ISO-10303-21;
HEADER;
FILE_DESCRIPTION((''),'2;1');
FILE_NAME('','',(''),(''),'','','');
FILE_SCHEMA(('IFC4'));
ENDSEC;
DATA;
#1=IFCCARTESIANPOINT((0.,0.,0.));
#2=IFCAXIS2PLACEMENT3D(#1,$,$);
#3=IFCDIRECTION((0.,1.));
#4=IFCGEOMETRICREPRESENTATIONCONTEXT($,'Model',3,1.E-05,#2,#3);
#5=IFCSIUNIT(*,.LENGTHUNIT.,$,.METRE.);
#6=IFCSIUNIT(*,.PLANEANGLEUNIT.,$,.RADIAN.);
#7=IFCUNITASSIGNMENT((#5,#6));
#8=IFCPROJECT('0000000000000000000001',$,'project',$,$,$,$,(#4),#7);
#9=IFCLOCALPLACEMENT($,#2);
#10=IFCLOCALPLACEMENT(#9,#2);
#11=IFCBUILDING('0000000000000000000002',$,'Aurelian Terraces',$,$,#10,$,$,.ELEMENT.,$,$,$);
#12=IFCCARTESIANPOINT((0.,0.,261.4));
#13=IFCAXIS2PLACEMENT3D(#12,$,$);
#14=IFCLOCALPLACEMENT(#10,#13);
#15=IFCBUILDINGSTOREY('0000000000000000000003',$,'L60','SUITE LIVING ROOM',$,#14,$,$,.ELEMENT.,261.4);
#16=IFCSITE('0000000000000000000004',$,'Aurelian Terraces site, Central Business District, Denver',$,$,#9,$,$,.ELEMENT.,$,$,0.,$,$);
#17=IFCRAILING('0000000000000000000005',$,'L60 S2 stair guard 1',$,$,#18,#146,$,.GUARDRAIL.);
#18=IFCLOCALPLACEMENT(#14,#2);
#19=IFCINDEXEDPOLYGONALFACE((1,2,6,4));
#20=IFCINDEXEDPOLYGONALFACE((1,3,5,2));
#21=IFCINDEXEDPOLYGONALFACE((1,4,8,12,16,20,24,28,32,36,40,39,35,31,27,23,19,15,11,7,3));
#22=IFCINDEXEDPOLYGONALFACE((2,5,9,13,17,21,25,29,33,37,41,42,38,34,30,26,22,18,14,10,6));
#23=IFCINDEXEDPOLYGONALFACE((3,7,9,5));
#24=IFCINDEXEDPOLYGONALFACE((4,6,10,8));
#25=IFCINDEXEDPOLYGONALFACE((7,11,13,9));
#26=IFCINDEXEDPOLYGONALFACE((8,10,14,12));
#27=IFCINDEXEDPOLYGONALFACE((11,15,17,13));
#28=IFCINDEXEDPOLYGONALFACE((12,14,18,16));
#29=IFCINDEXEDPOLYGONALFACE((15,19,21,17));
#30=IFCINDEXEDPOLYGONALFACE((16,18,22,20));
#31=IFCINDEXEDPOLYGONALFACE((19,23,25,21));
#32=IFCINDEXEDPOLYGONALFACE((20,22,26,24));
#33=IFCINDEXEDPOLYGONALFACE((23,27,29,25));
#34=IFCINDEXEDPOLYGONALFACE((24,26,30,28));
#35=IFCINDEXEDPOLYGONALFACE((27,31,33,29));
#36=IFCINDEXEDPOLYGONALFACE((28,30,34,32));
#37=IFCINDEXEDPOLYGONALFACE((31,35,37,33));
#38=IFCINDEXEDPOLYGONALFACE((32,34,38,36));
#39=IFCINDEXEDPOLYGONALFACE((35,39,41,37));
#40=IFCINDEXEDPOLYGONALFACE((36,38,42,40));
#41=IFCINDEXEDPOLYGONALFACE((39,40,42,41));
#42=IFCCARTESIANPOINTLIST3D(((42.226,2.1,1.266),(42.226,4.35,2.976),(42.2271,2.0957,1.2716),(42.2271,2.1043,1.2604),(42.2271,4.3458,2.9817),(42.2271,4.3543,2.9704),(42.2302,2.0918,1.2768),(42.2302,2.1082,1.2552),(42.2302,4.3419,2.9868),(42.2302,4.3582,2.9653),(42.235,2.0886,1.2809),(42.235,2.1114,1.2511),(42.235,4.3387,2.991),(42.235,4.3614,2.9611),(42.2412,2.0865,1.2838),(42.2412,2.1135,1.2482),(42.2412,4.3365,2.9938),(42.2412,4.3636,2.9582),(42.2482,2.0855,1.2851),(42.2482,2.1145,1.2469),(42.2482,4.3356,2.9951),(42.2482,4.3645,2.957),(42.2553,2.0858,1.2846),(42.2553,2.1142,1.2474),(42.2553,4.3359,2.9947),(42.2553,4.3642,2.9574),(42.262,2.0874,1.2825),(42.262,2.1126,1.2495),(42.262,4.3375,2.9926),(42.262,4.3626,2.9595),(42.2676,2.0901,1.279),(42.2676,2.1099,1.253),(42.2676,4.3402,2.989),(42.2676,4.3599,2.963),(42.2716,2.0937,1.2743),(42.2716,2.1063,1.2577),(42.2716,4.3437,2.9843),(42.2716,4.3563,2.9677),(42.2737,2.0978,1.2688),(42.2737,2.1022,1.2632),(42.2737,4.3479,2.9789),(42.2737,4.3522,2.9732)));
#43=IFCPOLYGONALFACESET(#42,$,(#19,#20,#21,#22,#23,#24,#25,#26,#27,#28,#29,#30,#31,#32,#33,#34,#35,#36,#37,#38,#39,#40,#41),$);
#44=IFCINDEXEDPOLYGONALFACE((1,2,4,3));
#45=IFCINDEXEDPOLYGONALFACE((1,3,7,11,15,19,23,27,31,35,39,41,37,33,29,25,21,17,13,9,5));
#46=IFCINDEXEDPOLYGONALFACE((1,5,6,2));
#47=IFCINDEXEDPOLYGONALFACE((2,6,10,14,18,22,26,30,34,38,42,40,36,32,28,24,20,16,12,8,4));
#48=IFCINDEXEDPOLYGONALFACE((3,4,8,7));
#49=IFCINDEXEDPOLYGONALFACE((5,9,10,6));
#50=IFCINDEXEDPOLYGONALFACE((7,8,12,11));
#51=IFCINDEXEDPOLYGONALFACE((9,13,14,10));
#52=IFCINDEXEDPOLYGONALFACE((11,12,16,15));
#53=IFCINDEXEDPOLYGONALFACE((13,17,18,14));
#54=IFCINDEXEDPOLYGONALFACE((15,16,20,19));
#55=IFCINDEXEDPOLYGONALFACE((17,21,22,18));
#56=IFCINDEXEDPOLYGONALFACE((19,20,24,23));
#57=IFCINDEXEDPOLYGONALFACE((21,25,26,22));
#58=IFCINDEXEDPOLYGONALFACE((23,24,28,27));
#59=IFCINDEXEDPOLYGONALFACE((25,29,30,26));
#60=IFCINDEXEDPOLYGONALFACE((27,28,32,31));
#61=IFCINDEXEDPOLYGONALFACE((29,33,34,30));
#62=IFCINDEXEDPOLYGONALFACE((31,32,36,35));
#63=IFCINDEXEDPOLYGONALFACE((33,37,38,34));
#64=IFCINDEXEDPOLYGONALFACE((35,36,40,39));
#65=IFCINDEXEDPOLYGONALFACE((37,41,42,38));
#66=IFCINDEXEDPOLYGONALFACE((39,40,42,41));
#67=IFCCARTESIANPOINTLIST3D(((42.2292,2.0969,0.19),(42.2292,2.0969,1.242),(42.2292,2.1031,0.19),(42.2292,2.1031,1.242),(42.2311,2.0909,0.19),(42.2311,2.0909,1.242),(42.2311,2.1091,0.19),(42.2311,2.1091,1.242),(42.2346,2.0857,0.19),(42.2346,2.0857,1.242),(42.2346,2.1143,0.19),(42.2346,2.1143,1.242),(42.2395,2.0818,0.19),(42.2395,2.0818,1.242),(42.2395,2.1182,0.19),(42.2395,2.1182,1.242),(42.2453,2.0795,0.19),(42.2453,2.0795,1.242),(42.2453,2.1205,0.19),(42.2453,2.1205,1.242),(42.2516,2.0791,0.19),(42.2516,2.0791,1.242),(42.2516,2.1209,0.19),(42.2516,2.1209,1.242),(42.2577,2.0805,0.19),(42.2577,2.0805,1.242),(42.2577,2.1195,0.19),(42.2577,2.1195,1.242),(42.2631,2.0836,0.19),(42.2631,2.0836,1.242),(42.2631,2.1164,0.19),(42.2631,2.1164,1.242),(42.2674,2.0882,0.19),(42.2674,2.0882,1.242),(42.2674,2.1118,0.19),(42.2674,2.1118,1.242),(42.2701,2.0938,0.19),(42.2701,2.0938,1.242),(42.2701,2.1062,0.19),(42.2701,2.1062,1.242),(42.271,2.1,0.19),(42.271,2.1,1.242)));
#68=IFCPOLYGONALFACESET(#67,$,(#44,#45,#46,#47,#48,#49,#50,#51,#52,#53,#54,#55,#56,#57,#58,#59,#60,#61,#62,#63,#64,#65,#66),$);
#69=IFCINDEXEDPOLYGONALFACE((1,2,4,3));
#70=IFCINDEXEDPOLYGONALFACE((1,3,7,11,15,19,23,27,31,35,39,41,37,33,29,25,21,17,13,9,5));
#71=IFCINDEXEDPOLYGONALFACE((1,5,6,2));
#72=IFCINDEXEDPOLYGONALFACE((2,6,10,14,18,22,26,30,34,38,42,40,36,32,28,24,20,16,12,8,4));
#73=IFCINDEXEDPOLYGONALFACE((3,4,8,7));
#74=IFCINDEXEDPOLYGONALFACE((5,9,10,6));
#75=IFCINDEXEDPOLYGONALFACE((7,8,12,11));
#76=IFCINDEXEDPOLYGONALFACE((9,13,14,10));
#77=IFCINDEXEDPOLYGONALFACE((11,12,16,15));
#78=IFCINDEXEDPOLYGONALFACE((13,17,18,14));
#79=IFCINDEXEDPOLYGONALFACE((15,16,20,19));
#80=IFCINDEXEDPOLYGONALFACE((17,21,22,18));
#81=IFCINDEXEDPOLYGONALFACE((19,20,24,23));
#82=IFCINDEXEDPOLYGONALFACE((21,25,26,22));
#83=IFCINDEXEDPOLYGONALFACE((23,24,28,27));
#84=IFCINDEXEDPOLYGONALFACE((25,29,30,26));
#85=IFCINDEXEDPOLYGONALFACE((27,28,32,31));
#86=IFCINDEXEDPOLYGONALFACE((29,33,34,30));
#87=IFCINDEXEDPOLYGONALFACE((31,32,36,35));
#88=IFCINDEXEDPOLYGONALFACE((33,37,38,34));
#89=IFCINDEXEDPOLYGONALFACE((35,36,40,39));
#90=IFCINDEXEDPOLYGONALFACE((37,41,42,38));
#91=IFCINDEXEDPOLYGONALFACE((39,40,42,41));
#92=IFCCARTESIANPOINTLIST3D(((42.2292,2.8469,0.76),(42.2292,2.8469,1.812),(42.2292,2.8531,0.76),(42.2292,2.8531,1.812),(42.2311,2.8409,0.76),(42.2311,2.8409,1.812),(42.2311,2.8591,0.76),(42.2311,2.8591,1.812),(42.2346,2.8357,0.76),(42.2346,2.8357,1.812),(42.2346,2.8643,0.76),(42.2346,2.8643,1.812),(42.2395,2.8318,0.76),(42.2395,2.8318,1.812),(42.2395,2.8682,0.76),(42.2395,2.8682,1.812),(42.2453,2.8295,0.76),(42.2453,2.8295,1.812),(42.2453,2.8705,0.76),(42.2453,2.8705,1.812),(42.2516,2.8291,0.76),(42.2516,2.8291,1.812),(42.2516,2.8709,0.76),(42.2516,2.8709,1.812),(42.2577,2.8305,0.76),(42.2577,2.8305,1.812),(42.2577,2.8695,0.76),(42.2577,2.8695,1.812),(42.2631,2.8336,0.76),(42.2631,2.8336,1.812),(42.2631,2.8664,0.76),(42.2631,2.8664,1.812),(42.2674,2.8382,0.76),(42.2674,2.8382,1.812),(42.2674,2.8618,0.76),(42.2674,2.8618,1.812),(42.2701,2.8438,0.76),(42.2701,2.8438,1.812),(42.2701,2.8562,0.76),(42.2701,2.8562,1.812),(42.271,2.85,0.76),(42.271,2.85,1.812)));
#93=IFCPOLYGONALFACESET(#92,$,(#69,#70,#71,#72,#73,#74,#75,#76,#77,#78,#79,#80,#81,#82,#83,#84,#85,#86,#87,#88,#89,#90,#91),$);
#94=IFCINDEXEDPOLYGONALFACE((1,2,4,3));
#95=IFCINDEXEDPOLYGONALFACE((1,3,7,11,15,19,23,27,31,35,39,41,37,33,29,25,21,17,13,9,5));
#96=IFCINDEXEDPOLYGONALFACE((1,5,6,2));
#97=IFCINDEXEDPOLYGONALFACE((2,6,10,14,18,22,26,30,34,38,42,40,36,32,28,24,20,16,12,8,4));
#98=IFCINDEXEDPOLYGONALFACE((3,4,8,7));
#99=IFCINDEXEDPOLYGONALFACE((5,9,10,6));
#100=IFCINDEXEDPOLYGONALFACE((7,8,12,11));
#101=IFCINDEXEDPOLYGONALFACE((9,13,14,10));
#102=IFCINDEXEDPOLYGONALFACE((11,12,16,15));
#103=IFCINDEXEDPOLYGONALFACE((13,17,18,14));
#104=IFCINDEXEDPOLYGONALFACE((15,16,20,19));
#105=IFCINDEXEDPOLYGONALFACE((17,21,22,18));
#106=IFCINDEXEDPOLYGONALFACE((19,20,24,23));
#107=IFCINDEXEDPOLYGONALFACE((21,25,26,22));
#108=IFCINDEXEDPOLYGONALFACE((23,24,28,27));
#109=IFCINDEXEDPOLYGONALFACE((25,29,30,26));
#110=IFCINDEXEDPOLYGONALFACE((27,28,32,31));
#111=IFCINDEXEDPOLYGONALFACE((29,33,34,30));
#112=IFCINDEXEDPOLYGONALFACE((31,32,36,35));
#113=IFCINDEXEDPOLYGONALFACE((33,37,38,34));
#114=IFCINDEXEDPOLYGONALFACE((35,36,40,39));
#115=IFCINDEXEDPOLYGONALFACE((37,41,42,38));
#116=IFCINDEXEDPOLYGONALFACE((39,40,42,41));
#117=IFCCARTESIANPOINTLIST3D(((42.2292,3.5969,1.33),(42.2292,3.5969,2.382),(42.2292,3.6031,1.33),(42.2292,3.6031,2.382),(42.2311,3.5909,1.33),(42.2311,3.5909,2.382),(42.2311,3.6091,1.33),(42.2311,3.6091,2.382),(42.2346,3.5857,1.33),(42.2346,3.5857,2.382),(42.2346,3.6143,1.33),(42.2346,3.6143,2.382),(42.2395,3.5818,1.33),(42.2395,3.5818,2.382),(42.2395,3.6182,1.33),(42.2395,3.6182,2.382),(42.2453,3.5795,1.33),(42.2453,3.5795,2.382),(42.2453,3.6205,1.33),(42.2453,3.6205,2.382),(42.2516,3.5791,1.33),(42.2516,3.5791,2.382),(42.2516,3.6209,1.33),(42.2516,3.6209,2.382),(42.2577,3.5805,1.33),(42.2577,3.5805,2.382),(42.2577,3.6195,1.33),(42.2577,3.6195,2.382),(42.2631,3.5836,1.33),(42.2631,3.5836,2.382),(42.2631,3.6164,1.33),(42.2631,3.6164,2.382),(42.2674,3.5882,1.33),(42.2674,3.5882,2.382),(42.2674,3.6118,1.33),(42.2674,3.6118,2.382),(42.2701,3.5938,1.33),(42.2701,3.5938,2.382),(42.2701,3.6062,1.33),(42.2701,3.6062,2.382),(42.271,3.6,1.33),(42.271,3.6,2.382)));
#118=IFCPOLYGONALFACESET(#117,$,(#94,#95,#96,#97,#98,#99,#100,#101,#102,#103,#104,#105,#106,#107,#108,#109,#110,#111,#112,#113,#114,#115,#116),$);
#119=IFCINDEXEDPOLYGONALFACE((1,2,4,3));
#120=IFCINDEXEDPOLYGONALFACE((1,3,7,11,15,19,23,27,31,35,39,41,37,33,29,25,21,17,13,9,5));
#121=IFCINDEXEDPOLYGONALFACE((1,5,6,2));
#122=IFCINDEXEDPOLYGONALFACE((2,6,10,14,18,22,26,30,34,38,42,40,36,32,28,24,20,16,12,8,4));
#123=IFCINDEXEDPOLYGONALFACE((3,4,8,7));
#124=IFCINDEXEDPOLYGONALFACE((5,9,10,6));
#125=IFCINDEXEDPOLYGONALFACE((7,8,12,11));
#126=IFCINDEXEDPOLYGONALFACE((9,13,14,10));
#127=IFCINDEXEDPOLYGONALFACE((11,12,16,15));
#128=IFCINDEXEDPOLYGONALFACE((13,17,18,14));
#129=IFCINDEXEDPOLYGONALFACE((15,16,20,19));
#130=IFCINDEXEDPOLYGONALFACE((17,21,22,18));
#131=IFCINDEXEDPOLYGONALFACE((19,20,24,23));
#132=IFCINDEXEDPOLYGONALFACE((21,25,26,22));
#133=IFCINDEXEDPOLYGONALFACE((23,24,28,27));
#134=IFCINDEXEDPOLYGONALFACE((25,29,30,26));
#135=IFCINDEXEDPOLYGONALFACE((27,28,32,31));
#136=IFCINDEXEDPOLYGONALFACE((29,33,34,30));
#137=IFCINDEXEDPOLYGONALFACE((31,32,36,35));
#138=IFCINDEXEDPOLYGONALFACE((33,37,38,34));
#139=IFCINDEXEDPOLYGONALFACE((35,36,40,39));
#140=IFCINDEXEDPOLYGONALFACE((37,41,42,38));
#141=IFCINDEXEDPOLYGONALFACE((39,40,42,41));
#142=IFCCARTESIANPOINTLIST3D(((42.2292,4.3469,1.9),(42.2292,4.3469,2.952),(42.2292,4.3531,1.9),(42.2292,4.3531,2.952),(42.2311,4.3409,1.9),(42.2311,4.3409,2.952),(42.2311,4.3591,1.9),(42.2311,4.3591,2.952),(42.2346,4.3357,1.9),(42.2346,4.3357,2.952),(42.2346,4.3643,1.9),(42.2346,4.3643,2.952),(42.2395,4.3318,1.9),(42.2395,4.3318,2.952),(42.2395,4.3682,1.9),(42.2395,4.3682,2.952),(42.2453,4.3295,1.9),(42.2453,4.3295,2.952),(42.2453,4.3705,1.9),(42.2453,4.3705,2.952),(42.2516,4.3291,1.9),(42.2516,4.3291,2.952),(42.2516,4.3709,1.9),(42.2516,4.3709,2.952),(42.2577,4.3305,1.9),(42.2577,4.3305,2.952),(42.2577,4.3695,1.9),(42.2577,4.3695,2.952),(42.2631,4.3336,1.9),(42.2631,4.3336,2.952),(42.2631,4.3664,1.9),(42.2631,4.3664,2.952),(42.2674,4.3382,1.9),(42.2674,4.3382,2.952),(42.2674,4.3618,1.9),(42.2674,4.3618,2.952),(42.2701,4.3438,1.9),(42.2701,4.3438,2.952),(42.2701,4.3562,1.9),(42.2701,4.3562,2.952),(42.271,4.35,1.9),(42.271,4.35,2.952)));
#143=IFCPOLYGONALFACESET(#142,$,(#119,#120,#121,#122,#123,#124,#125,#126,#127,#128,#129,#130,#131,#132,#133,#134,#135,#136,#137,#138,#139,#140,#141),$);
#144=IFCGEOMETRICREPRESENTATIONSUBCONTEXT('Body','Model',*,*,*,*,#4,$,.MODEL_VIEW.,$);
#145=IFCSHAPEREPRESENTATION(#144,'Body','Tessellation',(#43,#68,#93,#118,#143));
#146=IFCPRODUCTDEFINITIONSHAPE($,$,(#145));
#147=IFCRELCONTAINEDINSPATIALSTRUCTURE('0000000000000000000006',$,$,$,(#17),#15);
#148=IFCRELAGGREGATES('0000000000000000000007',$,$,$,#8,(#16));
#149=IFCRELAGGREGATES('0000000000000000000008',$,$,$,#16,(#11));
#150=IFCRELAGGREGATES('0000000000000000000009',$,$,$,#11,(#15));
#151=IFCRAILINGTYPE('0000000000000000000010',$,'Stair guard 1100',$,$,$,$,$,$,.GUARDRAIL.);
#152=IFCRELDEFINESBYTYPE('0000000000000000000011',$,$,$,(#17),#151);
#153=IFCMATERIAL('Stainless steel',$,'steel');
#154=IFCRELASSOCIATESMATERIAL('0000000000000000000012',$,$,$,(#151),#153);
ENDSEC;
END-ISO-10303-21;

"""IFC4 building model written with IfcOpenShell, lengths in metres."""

from ifc_helpers import new_model, si_unit, direction, frame, origin, origin_2d, place, context, subcontext, project, spatial, circle, extrude, source, transform, mapped, material, type_object, element, save


model = new_model("IFC4")

# Units and contexts
model_context = context("Model", 3, precision=1e-05, world=origin(), true_north=direction((0.0, 1.0)))
body_context = subcontext(model_context, "Body", "Model", "MODEL_VIEW")
ifc_project = project(units=[si_unit("LENGTHUNIT", "METRE"), si_unit("PLANEANGLEUNIT", "RADIAN")], contexts=[model_context])

# Site, building, storey
site_placement = place(None, origin())
site = spatial("IfcSite", under=ifc_project, at=site_placement, Name="Aurelian Terraces site, Central Business District, Denver", CompositionType="ELEMENT", RefElevation=0.0)
building_placement = place(site_placement, origin())
building = spatial("IfcBuilding", under=site, at=building_placement, Name="Aurelian Terraces", CompositionType="ELEMENT")
storey_placement = place(building_placement, frame((0.0, 0.0, 261.4)))
storey = spatial("IfcBuildingStorey", under=building, at=storey_placement, Name="L60", Description="SUITE LIVING ROOM", CompositionType="ELEMENT", Elevation=261.4)

# Railing
ifc_material_1 = material(Name="Stainless steel", Category="steel")
railing_type_1 = type_object("IfcRailingType", Name="Stair guard 1100", PredefinedType="GUARDRAIL", material=ifc_material_1)
shared_shape_1 = source(origin(), body_context, "Body", "SweptSolid", [
    extrude(circle(Radius=0.024, at=origin_2d()), frame((0.0, 0.0, 1.076), z_axis=(0.0, 0.796162, 0.605083), x_axis=(-1.0, 0.0, 0.0)), (0.0, 0.0, 1.0), 2.8261),
    extrude(circle(Radius=0.021, at=origin_2d()), origin(), (0.0, 0.0, 1.0), 1.052),
    extrude(circle(Radius=0.021, at=origin_2d()), frame((0.0, 0.75, 0.57)), (0.0, 0.0, 1.0), 1.052),
    extrude(circle(Radius=0.021, at=origin_2d()), frame((0.0, 1.5, 1.14)), (0.0, 0.0, 1.0), 1.052),
    extrude(circle(Radius=0.021, at=origin_2d()), frame((0.0, 2.25, 1.71)), (0.0, 0.0, 1.0), 1.052),
])
railing_1_placement = place(storey_placement, frame((42.25, 2.1, 0.19)))
element("IfcRailing", 1, at=railing_1_placement, inside=storey, type_object=railing_type_1, Name="L60 S2 stair guard 1", PredefinedType="GUARDRAIL", context=body_context, shape_type="MappedRepresentation", body=[
    mapped(shared_shape_1, transform((0.0, 0.0, 0.0), scale=1.0)),
])

save(model, "model.ifc")
